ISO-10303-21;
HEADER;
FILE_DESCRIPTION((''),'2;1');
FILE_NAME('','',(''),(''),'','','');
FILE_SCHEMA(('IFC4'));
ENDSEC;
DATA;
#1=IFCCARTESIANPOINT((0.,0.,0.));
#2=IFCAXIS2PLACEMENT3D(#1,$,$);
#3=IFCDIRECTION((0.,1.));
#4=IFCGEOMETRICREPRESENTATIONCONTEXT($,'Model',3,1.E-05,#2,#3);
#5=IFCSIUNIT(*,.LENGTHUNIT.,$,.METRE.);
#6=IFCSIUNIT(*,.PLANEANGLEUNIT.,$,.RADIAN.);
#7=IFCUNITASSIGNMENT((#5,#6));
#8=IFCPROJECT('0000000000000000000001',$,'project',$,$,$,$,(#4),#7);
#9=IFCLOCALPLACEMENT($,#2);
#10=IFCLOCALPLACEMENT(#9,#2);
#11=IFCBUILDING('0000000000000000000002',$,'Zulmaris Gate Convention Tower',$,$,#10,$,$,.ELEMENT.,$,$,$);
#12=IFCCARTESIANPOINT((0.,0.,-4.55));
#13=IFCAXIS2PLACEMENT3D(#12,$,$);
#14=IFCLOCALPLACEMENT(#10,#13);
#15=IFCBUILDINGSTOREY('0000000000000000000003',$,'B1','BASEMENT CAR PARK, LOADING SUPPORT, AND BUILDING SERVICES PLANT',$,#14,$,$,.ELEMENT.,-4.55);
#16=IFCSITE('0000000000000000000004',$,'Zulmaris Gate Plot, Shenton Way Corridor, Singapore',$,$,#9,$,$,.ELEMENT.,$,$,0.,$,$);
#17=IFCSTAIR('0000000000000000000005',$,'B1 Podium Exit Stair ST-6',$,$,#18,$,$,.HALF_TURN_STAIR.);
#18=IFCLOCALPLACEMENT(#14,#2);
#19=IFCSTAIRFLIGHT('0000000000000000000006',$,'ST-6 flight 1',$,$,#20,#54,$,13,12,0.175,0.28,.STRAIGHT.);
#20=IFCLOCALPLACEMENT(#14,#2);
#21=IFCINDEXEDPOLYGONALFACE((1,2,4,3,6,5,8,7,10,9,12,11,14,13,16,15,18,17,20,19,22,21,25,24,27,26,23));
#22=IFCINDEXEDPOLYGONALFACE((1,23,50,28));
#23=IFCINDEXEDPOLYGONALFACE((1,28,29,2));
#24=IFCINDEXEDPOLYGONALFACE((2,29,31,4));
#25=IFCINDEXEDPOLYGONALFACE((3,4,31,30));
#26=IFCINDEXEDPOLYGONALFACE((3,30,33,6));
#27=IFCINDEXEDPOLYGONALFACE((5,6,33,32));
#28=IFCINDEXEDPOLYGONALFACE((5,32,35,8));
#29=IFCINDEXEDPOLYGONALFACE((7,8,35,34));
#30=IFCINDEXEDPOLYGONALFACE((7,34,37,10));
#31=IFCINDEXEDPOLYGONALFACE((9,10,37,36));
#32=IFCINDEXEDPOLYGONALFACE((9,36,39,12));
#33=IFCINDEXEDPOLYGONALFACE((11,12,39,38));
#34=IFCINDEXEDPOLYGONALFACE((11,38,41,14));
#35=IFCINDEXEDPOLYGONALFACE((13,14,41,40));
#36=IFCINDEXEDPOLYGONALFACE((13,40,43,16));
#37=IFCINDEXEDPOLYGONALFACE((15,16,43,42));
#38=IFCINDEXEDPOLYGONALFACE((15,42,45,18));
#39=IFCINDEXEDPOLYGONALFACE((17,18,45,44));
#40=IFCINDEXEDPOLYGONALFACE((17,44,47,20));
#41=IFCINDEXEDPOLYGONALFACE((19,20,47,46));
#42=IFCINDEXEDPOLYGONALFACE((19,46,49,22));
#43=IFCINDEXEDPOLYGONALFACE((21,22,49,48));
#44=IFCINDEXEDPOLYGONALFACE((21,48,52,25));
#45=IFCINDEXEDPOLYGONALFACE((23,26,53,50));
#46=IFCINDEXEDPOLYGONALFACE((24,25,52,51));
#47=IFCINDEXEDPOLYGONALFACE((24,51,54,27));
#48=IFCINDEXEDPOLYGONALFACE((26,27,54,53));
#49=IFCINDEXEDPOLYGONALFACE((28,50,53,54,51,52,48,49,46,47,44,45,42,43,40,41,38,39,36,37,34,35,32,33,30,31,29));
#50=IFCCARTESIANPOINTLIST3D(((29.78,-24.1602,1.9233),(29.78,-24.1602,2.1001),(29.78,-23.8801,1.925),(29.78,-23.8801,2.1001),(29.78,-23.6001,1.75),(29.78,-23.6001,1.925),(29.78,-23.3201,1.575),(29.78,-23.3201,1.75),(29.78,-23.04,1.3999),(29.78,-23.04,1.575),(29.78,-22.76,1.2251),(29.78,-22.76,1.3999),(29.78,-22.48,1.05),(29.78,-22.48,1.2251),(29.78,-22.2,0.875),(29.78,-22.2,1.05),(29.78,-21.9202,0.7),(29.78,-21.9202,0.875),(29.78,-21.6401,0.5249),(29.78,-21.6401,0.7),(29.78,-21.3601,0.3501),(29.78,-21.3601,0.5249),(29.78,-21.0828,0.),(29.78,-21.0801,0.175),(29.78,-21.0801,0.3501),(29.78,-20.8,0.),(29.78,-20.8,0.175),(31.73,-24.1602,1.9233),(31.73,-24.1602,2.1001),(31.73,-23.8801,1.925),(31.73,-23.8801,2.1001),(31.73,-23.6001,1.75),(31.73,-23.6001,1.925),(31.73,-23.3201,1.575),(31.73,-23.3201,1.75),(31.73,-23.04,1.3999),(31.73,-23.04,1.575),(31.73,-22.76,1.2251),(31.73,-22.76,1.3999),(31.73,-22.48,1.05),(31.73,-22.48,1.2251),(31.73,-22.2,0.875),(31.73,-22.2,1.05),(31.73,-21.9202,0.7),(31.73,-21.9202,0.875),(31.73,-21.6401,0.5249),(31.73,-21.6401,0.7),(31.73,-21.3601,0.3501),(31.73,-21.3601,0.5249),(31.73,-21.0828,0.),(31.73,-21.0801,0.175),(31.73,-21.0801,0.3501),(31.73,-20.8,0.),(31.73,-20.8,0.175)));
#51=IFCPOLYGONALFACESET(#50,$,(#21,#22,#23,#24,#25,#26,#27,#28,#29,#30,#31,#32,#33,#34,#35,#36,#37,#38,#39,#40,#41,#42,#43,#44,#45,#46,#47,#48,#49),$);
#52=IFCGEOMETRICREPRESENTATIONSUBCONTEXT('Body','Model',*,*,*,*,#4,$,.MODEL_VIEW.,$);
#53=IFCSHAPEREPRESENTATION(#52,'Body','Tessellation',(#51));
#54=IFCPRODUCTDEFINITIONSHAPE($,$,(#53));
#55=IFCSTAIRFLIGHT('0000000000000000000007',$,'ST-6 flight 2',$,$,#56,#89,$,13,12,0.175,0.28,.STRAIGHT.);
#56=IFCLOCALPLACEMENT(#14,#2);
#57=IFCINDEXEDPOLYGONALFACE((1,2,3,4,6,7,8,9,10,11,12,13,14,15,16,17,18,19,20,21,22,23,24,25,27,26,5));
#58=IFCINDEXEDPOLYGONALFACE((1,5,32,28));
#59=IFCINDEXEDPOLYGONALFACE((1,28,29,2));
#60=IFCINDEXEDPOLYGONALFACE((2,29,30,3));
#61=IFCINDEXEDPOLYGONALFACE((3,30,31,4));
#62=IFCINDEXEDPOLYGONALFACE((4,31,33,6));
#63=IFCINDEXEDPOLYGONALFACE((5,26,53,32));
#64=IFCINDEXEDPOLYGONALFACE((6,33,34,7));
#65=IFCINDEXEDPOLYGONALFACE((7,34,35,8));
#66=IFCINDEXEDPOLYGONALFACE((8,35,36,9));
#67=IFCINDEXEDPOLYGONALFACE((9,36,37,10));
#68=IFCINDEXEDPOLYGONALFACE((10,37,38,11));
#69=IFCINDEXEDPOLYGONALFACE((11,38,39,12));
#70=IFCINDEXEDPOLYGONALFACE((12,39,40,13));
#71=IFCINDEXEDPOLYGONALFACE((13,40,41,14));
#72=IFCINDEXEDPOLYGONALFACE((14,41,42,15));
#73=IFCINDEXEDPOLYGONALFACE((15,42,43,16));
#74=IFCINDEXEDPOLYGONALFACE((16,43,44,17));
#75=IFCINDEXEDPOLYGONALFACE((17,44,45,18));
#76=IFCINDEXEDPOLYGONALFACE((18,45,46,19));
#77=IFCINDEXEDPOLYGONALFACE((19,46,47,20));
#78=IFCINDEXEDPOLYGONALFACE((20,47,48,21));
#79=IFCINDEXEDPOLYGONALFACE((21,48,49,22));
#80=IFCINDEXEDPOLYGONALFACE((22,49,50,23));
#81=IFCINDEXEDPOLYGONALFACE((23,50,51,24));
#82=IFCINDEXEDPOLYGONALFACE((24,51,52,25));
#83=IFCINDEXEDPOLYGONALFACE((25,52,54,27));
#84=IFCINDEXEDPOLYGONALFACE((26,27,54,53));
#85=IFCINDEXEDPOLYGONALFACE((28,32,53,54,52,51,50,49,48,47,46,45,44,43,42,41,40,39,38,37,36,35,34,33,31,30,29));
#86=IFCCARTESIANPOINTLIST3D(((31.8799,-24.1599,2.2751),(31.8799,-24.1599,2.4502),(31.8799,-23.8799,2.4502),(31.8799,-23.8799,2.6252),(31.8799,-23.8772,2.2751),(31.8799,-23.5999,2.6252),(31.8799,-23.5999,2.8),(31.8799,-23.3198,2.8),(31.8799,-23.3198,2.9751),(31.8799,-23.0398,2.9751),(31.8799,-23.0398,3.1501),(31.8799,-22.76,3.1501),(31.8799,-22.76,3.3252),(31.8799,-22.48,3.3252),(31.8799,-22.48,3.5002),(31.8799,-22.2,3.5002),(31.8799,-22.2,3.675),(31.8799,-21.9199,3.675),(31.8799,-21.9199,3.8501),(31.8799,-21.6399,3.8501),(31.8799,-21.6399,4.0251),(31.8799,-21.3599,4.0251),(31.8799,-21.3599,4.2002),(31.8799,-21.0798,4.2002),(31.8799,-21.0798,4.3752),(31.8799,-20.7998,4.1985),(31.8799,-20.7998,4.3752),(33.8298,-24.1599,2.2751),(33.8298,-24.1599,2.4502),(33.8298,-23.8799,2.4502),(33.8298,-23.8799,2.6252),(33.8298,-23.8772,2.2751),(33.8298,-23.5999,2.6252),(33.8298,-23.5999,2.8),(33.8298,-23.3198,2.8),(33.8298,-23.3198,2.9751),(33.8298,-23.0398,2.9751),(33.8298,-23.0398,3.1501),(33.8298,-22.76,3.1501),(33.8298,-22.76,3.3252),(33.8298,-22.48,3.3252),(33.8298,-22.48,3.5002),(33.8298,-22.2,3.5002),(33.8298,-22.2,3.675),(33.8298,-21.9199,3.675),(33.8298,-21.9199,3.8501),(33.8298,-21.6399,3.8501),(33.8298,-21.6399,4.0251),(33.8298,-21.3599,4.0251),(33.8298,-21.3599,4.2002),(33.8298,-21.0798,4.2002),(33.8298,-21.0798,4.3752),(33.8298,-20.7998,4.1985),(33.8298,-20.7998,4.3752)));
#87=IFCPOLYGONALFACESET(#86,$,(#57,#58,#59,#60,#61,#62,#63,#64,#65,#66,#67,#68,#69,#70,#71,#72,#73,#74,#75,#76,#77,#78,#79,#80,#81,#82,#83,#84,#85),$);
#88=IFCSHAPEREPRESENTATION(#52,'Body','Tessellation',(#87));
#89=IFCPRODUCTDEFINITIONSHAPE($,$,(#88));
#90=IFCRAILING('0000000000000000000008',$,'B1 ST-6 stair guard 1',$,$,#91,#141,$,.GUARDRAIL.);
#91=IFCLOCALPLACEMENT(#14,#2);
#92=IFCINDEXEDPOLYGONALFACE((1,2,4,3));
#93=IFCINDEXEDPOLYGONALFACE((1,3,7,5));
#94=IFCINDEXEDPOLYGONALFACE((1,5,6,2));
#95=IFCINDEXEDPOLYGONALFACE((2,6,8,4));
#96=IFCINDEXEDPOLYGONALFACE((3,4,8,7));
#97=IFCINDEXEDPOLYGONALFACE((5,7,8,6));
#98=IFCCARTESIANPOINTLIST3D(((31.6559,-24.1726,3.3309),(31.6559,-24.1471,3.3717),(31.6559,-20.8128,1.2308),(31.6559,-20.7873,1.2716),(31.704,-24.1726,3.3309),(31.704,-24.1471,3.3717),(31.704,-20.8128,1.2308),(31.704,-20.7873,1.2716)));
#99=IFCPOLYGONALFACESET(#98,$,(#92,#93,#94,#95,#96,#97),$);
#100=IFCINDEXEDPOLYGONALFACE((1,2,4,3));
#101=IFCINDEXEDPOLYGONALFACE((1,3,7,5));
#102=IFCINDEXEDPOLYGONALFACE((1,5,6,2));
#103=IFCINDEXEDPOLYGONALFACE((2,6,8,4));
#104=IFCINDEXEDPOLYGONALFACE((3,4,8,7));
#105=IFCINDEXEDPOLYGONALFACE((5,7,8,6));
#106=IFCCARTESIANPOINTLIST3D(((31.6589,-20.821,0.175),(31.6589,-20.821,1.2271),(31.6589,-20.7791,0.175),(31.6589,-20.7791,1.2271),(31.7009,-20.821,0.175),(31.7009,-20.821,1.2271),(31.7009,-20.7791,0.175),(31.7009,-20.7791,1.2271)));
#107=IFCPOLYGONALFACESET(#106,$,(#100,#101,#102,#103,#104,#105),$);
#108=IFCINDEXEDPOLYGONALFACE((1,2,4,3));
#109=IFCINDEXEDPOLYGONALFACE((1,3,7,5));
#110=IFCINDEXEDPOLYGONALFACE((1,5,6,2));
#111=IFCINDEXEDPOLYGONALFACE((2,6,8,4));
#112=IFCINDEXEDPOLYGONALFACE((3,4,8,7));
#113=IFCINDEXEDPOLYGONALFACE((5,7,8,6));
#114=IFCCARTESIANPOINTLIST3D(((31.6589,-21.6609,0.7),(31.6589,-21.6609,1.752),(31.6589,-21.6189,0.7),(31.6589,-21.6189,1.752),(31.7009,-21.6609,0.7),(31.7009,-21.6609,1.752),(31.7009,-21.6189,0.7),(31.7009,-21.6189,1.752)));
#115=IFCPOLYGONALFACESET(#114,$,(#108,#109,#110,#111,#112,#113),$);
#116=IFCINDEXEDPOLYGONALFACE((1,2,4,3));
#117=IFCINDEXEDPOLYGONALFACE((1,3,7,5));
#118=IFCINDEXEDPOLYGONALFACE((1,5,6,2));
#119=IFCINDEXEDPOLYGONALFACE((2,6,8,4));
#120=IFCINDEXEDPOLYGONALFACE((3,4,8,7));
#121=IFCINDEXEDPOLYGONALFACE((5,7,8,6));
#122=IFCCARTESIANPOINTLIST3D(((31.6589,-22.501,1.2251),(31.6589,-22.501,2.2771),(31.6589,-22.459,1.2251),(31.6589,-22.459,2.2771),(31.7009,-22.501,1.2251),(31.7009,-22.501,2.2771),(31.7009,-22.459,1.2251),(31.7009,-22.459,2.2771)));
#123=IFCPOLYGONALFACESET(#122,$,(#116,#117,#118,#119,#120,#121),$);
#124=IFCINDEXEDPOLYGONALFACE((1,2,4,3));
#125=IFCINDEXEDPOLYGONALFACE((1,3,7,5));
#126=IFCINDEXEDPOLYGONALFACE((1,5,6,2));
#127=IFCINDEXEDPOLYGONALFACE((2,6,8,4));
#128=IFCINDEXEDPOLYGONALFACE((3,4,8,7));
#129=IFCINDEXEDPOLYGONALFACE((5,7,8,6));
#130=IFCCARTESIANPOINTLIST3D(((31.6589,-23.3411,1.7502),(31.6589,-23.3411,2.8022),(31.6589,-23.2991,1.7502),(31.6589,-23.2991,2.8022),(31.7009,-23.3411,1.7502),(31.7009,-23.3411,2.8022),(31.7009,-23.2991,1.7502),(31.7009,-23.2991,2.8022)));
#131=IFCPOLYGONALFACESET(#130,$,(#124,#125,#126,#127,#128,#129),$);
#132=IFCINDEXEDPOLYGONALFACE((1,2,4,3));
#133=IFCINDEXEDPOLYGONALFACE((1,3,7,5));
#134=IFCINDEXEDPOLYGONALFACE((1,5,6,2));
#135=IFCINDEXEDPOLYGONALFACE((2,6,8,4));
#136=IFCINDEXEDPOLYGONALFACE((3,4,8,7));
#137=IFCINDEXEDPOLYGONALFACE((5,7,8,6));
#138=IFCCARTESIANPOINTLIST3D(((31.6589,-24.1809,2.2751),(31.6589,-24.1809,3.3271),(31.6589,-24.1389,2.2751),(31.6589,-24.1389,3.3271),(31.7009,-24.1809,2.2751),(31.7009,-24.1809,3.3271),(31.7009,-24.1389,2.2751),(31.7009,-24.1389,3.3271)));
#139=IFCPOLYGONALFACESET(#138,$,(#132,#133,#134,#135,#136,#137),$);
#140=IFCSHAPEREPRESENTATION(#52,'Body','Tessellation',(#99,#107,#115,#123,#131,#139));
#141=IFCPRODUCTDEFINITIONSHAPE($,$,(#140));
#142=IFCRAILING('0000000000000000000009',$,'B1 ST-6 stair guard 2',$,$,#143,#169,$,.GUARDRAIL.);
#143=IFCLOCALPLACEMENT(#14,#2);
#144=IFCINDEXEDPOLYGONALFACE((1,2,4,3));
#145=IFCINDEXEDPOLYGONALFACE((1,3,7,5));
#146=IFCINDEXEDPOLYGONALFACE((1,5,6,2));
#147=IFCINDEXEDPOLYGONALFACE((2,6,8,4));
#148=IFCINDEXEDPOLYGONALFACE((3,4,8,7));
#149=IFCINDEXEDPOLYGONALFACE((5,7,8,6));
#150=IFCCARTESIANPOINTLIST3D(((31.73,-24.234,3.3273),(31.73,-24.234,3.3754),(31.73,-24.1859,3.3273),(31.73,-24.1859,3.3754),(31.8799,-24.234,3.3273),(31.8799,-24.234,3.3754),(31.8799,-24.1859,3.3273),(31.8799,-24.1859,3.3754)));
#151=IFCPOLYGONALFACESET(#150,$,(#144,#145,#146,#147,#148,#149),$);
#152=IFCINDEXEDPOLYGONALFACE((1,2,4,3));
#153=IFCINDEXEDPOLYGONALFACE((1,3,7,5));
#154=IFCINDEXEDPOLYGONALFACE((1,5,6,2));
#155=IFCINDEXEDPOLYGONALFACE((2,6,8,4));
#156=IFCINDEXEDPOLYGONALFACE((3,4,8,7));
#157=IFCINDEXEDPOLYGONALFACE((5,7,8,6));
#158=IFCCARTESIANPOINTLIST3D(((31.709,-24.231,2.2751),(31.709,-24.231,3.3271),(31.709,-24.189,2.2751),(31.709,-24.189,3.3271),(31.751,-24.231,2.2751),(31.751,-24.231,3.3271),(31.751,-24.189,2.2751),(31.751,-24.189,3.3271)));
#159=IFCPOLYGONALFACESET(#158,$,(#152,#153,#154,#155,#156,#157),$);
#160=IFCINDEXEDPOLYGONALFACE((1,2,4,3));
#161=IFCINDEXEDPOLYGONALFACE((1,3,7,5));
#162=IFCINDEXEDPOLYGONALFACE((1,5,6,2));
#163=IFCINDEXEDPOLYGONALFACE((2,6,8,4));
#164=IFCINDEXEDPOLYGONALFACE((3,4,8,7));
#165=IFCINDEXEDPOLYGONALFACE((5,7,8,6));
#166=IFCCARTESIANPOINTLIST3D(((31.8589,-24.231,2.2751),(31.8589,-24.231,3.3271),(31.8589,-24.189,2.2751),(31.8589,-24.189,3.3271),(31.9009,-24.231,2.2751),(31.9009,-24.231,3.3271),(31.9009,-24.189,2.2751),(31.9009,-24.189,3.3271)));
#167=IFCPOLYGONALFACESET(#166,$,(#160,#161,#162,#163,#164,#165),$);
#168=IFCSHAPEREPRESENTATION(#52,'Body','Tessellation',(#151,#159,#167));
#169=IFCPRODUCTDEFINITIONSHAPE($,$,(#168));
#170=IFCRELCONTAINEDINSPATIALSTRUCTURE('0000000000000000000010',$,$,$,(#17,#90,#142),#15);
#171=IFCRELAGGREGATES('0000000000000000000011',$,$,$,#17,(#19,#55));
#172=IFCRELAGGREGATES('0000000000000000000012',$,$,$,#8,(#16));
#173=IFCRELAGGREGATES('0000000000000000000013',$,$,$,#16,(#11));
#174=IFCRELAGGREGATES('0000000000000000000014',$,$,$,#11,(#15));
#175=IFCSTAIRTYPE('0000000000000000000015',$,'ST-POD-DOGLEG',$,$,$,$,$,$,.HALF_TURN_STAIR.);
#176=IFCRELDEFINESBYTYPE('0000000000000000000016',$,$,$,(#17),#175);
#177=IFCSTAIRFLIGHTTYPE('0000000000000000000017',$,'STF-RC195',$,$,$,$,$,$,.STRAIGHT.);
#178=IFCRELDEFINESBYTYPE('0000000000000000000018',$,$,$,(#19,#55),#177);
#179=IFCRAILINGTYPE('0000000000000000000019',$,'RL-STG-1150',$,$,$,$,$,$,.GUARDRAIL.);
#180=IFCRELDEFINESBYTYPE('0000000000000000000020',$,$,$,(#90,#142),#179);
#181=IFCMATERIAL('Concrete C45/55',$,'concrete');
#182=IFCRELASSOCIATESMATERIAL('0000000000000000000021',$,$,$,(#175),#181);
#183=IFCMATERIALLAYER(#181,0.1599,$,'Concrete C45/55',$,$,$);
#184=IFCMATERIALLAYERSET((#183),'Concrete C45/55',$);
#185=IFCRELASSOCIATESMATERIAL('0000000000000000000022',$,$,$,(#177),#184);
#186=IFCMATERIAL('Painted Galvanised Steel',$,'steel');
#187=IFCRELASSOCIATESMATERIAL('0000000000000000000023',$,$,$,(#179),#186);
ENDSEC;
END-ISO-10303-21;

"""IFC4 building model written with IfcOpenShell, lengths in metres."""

from ifc_helpers import new_model, si_unit, direction, frame, origin, origin_2d, place, context, subcontext, project, spatial, polyline, rectangle, outline, extrude, material, layer, layer_set, type_object, element, aggregate, save


model = new_model("IFC4")

# Units and contexts
model_context = context("Model", 3, precision=1e-05, world=origin(), true_north=direction((0.0, 1.0)))
body_context = subcontext(model_context, "Body", "Model", "MODEL_VIEW")
ifc_project = project(units=[si_unit("LENGTHUNIT", "METRE"), si_unit("PLANEANGLEUNIT", "RADIAN")], contexts=[model_context])

# Site, building, storey
site_placement = place(None, origin())
site = spatial("IfcSite", under=ifc_project, at=site_placement, Name="Zulmaris Gate Plot, Shenton Way Corridor, Singapore", CompositionType="ELEMENT", RefElevation=0.0)
building_placement = place(site_placement, origin())
building = spatial("IfcBuilding", under=site, at=building_placement, Name="Zulmaris Gate Convention Tower", CompositionType="ELEMENT")
storey_placement = place(building_placement, frame((0.0, 0.0, -4.55)))
storey = spatial("IfcBuildingStorey", under=building, at=storey_placement, Name="B1", Description="BASEMENT CAR PARK, LOADING SUPPORT, AND BUILDING SERVICES PLANT", CompositionType="ELEMENT", Elevation=-4.55)

# Stair, stair flights
ifc_material_1 = material(Name="Concrete C45/55", Category="concrete")
stair_type = type_object("IfcStairType", Name="ST-POD-DOGLEG", PredefinedType="HALF_TURN_STAIR", material=ifc_material_1)
stair_placement = place(storey_placement, origin())
stair = element("IfcStair", 1, at=stair_placement, inside=storey, type_object=stair_type, Name="B1 Podium Exit Stair ST-6", PredefinedType="HALF_TURN_STAIR")
ifc_layer_1 = layer(ifc_material_1, 0.1599, Name="Concrete C45/55")
ifc_layer_set_1 = layer_set([ifc_layer_1], Name="Concrete C45/55")
stair_flight_type = type_object("IfcStairFlightType", Name="STF-RC195", PredefinedType="STRAIGHT", material=ifc_layer_set_1)
stair_flight_1_placement = place(storey_placement, frame((30.7549, -20.8, 0.0), z_axis=(0.0, 0.0, 1.0), x_axis=(0.0, -1.0, 0.0)))
stair_flight_1 = element("IfcStairFlight", 2, at=stair_flight_1_placement, type_object=stair_flight_type, Name="ST-6 flight 1", NumberOfRisers=13, NumberOfTreads=12, PredefinedType="STRAIGHT", RiserHeight=0.175, TreadLength=0.28, context=body_context, shape_type="SweptSolid", body=[
    extrude(outline(polyline([(0.0, 0.0), (0.0, 0.175), (0.28, 0.175), (0.28, 0.3501), (0.5601, 0.3501), (0.5601, 0.5249), (0.8401, 0.5249), (0.8401, 0.7), (1.1201, 0.7), (1.1201, 0.875), (1.3999, 0.875), (1.3999, 1.05), (1.6799, 1.05), (1.6799, 1.2251), (1.96, 1.2251), (1.96, 1.3999), (2.24, 1.3999), (2.24, 1.575), (2.52, 1.575), (2.52, 1.75), (2.8, 1.75), (2.8, 1.925), (3.0801, 1.925), (3.0801, 2.1001), (3.3601, 2.1001), (3.3601, 2.2749), (3.3601, 1.9233), (0.2827, 0.0), (0.0, 0.0)])), frame((0.0, 0.9751, 0.0), z_axis=(0.0, -1.0, 0.0), x_axis=(1.0, 0.0, 0.0)), (0.0, 0.0, 1.0), 1.95),
])
stair_flight_2_placement = place(storey_placement, frame((32.855, -24.1599, 2.2751), z_axis=(0.0, 0.0, 1.0), x_axis=(0.0, 1.0, 0.0)))
stair_flight_2 = element("IfcStairFlight", 3, at=stair_flight_2_placement, type_object=stair_flight_type, Name="ST-6 flight 2", NumberOfRisers=13, NumberOfTreads=12, PredefinedType="STRAIGHT", RiserHeight=0.175, TreadLength=0.28, context=body_context, shape_type="SweptSolid", body=[
    extrude(outline(polyline([(0.0, 0.0), (0.0, 0.175), (0.28, 0.175), (0.28, 0.3501), (0.5601, 0.3501), (0.5601, 0.5249), (0.8401, 0.5249), (0.8401, 0.7), (1.1201, 0.7), (1.1201, 0.875), (1.3999, 0.875), (1.3999, 1.05), (1.6799, 1.05), (1.6799, 1.2251), (1.96, 1.2251), (1.96, 1.3999), (2.24, 1.3999), (2.24, 1.575), (2.52, 1.575), (2.52, 1.75), (2.8, 1.75), (2.8, 1.925), (3.0801, 1.925), (3.0801, 2.1001), (3.3601, 2.1001), (3.3601, 2.2749), (3.3601, 1.9233), (0.2827, 0.0), (0.0, 0.0)])), frame((0.0, 0.9751, 0.0), z_axis=(0.0, -1.0, 0.0), x_axis=(1.0, 0.0, 0.0)), (0.0, 0.0, 1.0), 1.95),
])
aggregate(stair, [stair_flight_1, stair_flight_2])

# Railings
ifc_material_2 = material(Name="Painted Galvanised Steel", Category="steel")
railing_type_1 = type_object("IfcRailingType", Name="RL-STG-1150", PredefinedType="GUARDRAIL", material=ifc_material_2)
railing_1_placement = place(storey_placement, frame((31.6799, -20.8, 0.175)))
element("IfcRailing", 4, at=railing_1_placement, inside=storey, type_object=railing_type_1, Name="B1 ST-6 stair guard 1", PredefinedType="GUARDRAIL", context=body_context, shape_type="SweptSolid", body=[
    extrude(rectangle(XDim=0.0481, YDim=0.0481, at=origin_2d()), frame((0.0, 0.0, 1.0762), z_axis=(0.0, -0.847978, 0.530032), x_axis=(1.0, 0.0, 0.0)), (0.0, 0.0, 1.0), 3.9622),
    extrude(rectangle(XDim=0.042, YDim=0.042, at=origin_2d()), origin(), (0.0, 0.0, 1.0), 1.052),
    extrude(rectangle(XDim=0.042, YDim=0.042, at=origin_2d()), frame((0.0, -0.8398, 0.5249)), (0.0, 0.0, 1.0), 1.052),
    extrude(rectangle(XDim=0.042, YDim=0.042, at=origin_2d()), frame((0.0, -1.6799, 1.05)), (0.0, 0.0, 1.0), 1.052),
    extrude(rectangle(XDim=0.042, YDim=0.042, at=origin_2d()), frame((0.0, -2.52, 1.5752)), (0.0, 0.0, 1.0), 1.052),
    extrude(rectangle(XDim=0.042, YDim=0.042, at=origin_2d()), frame((0.0, -3.3599, 2.1001)), (0.0, 0.0, 1.0), 1.052),
])
railing_2_placement = place(storey_placement, frame((31.73, -24.21, 2.2751)))
element("IfcRailing", 5, at=railing_2_placement, inside=storey, type_object=railing_type_1, Name="B1 ST-6 stair guard 2", PredefinedType="GUARDRAIL", context=body_context, shape_type="SweptSolid", body=[
    extrude(rectangle(XDim=0.0481, YDim=0.0481, at=origin_2d()), frame((0.0, 0.0, 1.0762), z_axis=(1.0, 0.0, 0.0), x_axis=(0.0, 1.0, 0.0)), (0.0, 0.0, 1.0), 0.1499),
    extrude(rectangle(XDim=0.042, YDim=0.042, at=origin_2d()), origin(), (0.0, 0.0, 1.0), 1.052),
    extrude(rectangle(XDim=0.042, YDim=0.042, at=origin_2d()), frame((0.1499, 0.0, 0.0)), (0.0, 0.0, 1.0), 1.052),
])

save(model, "model.ifc")
